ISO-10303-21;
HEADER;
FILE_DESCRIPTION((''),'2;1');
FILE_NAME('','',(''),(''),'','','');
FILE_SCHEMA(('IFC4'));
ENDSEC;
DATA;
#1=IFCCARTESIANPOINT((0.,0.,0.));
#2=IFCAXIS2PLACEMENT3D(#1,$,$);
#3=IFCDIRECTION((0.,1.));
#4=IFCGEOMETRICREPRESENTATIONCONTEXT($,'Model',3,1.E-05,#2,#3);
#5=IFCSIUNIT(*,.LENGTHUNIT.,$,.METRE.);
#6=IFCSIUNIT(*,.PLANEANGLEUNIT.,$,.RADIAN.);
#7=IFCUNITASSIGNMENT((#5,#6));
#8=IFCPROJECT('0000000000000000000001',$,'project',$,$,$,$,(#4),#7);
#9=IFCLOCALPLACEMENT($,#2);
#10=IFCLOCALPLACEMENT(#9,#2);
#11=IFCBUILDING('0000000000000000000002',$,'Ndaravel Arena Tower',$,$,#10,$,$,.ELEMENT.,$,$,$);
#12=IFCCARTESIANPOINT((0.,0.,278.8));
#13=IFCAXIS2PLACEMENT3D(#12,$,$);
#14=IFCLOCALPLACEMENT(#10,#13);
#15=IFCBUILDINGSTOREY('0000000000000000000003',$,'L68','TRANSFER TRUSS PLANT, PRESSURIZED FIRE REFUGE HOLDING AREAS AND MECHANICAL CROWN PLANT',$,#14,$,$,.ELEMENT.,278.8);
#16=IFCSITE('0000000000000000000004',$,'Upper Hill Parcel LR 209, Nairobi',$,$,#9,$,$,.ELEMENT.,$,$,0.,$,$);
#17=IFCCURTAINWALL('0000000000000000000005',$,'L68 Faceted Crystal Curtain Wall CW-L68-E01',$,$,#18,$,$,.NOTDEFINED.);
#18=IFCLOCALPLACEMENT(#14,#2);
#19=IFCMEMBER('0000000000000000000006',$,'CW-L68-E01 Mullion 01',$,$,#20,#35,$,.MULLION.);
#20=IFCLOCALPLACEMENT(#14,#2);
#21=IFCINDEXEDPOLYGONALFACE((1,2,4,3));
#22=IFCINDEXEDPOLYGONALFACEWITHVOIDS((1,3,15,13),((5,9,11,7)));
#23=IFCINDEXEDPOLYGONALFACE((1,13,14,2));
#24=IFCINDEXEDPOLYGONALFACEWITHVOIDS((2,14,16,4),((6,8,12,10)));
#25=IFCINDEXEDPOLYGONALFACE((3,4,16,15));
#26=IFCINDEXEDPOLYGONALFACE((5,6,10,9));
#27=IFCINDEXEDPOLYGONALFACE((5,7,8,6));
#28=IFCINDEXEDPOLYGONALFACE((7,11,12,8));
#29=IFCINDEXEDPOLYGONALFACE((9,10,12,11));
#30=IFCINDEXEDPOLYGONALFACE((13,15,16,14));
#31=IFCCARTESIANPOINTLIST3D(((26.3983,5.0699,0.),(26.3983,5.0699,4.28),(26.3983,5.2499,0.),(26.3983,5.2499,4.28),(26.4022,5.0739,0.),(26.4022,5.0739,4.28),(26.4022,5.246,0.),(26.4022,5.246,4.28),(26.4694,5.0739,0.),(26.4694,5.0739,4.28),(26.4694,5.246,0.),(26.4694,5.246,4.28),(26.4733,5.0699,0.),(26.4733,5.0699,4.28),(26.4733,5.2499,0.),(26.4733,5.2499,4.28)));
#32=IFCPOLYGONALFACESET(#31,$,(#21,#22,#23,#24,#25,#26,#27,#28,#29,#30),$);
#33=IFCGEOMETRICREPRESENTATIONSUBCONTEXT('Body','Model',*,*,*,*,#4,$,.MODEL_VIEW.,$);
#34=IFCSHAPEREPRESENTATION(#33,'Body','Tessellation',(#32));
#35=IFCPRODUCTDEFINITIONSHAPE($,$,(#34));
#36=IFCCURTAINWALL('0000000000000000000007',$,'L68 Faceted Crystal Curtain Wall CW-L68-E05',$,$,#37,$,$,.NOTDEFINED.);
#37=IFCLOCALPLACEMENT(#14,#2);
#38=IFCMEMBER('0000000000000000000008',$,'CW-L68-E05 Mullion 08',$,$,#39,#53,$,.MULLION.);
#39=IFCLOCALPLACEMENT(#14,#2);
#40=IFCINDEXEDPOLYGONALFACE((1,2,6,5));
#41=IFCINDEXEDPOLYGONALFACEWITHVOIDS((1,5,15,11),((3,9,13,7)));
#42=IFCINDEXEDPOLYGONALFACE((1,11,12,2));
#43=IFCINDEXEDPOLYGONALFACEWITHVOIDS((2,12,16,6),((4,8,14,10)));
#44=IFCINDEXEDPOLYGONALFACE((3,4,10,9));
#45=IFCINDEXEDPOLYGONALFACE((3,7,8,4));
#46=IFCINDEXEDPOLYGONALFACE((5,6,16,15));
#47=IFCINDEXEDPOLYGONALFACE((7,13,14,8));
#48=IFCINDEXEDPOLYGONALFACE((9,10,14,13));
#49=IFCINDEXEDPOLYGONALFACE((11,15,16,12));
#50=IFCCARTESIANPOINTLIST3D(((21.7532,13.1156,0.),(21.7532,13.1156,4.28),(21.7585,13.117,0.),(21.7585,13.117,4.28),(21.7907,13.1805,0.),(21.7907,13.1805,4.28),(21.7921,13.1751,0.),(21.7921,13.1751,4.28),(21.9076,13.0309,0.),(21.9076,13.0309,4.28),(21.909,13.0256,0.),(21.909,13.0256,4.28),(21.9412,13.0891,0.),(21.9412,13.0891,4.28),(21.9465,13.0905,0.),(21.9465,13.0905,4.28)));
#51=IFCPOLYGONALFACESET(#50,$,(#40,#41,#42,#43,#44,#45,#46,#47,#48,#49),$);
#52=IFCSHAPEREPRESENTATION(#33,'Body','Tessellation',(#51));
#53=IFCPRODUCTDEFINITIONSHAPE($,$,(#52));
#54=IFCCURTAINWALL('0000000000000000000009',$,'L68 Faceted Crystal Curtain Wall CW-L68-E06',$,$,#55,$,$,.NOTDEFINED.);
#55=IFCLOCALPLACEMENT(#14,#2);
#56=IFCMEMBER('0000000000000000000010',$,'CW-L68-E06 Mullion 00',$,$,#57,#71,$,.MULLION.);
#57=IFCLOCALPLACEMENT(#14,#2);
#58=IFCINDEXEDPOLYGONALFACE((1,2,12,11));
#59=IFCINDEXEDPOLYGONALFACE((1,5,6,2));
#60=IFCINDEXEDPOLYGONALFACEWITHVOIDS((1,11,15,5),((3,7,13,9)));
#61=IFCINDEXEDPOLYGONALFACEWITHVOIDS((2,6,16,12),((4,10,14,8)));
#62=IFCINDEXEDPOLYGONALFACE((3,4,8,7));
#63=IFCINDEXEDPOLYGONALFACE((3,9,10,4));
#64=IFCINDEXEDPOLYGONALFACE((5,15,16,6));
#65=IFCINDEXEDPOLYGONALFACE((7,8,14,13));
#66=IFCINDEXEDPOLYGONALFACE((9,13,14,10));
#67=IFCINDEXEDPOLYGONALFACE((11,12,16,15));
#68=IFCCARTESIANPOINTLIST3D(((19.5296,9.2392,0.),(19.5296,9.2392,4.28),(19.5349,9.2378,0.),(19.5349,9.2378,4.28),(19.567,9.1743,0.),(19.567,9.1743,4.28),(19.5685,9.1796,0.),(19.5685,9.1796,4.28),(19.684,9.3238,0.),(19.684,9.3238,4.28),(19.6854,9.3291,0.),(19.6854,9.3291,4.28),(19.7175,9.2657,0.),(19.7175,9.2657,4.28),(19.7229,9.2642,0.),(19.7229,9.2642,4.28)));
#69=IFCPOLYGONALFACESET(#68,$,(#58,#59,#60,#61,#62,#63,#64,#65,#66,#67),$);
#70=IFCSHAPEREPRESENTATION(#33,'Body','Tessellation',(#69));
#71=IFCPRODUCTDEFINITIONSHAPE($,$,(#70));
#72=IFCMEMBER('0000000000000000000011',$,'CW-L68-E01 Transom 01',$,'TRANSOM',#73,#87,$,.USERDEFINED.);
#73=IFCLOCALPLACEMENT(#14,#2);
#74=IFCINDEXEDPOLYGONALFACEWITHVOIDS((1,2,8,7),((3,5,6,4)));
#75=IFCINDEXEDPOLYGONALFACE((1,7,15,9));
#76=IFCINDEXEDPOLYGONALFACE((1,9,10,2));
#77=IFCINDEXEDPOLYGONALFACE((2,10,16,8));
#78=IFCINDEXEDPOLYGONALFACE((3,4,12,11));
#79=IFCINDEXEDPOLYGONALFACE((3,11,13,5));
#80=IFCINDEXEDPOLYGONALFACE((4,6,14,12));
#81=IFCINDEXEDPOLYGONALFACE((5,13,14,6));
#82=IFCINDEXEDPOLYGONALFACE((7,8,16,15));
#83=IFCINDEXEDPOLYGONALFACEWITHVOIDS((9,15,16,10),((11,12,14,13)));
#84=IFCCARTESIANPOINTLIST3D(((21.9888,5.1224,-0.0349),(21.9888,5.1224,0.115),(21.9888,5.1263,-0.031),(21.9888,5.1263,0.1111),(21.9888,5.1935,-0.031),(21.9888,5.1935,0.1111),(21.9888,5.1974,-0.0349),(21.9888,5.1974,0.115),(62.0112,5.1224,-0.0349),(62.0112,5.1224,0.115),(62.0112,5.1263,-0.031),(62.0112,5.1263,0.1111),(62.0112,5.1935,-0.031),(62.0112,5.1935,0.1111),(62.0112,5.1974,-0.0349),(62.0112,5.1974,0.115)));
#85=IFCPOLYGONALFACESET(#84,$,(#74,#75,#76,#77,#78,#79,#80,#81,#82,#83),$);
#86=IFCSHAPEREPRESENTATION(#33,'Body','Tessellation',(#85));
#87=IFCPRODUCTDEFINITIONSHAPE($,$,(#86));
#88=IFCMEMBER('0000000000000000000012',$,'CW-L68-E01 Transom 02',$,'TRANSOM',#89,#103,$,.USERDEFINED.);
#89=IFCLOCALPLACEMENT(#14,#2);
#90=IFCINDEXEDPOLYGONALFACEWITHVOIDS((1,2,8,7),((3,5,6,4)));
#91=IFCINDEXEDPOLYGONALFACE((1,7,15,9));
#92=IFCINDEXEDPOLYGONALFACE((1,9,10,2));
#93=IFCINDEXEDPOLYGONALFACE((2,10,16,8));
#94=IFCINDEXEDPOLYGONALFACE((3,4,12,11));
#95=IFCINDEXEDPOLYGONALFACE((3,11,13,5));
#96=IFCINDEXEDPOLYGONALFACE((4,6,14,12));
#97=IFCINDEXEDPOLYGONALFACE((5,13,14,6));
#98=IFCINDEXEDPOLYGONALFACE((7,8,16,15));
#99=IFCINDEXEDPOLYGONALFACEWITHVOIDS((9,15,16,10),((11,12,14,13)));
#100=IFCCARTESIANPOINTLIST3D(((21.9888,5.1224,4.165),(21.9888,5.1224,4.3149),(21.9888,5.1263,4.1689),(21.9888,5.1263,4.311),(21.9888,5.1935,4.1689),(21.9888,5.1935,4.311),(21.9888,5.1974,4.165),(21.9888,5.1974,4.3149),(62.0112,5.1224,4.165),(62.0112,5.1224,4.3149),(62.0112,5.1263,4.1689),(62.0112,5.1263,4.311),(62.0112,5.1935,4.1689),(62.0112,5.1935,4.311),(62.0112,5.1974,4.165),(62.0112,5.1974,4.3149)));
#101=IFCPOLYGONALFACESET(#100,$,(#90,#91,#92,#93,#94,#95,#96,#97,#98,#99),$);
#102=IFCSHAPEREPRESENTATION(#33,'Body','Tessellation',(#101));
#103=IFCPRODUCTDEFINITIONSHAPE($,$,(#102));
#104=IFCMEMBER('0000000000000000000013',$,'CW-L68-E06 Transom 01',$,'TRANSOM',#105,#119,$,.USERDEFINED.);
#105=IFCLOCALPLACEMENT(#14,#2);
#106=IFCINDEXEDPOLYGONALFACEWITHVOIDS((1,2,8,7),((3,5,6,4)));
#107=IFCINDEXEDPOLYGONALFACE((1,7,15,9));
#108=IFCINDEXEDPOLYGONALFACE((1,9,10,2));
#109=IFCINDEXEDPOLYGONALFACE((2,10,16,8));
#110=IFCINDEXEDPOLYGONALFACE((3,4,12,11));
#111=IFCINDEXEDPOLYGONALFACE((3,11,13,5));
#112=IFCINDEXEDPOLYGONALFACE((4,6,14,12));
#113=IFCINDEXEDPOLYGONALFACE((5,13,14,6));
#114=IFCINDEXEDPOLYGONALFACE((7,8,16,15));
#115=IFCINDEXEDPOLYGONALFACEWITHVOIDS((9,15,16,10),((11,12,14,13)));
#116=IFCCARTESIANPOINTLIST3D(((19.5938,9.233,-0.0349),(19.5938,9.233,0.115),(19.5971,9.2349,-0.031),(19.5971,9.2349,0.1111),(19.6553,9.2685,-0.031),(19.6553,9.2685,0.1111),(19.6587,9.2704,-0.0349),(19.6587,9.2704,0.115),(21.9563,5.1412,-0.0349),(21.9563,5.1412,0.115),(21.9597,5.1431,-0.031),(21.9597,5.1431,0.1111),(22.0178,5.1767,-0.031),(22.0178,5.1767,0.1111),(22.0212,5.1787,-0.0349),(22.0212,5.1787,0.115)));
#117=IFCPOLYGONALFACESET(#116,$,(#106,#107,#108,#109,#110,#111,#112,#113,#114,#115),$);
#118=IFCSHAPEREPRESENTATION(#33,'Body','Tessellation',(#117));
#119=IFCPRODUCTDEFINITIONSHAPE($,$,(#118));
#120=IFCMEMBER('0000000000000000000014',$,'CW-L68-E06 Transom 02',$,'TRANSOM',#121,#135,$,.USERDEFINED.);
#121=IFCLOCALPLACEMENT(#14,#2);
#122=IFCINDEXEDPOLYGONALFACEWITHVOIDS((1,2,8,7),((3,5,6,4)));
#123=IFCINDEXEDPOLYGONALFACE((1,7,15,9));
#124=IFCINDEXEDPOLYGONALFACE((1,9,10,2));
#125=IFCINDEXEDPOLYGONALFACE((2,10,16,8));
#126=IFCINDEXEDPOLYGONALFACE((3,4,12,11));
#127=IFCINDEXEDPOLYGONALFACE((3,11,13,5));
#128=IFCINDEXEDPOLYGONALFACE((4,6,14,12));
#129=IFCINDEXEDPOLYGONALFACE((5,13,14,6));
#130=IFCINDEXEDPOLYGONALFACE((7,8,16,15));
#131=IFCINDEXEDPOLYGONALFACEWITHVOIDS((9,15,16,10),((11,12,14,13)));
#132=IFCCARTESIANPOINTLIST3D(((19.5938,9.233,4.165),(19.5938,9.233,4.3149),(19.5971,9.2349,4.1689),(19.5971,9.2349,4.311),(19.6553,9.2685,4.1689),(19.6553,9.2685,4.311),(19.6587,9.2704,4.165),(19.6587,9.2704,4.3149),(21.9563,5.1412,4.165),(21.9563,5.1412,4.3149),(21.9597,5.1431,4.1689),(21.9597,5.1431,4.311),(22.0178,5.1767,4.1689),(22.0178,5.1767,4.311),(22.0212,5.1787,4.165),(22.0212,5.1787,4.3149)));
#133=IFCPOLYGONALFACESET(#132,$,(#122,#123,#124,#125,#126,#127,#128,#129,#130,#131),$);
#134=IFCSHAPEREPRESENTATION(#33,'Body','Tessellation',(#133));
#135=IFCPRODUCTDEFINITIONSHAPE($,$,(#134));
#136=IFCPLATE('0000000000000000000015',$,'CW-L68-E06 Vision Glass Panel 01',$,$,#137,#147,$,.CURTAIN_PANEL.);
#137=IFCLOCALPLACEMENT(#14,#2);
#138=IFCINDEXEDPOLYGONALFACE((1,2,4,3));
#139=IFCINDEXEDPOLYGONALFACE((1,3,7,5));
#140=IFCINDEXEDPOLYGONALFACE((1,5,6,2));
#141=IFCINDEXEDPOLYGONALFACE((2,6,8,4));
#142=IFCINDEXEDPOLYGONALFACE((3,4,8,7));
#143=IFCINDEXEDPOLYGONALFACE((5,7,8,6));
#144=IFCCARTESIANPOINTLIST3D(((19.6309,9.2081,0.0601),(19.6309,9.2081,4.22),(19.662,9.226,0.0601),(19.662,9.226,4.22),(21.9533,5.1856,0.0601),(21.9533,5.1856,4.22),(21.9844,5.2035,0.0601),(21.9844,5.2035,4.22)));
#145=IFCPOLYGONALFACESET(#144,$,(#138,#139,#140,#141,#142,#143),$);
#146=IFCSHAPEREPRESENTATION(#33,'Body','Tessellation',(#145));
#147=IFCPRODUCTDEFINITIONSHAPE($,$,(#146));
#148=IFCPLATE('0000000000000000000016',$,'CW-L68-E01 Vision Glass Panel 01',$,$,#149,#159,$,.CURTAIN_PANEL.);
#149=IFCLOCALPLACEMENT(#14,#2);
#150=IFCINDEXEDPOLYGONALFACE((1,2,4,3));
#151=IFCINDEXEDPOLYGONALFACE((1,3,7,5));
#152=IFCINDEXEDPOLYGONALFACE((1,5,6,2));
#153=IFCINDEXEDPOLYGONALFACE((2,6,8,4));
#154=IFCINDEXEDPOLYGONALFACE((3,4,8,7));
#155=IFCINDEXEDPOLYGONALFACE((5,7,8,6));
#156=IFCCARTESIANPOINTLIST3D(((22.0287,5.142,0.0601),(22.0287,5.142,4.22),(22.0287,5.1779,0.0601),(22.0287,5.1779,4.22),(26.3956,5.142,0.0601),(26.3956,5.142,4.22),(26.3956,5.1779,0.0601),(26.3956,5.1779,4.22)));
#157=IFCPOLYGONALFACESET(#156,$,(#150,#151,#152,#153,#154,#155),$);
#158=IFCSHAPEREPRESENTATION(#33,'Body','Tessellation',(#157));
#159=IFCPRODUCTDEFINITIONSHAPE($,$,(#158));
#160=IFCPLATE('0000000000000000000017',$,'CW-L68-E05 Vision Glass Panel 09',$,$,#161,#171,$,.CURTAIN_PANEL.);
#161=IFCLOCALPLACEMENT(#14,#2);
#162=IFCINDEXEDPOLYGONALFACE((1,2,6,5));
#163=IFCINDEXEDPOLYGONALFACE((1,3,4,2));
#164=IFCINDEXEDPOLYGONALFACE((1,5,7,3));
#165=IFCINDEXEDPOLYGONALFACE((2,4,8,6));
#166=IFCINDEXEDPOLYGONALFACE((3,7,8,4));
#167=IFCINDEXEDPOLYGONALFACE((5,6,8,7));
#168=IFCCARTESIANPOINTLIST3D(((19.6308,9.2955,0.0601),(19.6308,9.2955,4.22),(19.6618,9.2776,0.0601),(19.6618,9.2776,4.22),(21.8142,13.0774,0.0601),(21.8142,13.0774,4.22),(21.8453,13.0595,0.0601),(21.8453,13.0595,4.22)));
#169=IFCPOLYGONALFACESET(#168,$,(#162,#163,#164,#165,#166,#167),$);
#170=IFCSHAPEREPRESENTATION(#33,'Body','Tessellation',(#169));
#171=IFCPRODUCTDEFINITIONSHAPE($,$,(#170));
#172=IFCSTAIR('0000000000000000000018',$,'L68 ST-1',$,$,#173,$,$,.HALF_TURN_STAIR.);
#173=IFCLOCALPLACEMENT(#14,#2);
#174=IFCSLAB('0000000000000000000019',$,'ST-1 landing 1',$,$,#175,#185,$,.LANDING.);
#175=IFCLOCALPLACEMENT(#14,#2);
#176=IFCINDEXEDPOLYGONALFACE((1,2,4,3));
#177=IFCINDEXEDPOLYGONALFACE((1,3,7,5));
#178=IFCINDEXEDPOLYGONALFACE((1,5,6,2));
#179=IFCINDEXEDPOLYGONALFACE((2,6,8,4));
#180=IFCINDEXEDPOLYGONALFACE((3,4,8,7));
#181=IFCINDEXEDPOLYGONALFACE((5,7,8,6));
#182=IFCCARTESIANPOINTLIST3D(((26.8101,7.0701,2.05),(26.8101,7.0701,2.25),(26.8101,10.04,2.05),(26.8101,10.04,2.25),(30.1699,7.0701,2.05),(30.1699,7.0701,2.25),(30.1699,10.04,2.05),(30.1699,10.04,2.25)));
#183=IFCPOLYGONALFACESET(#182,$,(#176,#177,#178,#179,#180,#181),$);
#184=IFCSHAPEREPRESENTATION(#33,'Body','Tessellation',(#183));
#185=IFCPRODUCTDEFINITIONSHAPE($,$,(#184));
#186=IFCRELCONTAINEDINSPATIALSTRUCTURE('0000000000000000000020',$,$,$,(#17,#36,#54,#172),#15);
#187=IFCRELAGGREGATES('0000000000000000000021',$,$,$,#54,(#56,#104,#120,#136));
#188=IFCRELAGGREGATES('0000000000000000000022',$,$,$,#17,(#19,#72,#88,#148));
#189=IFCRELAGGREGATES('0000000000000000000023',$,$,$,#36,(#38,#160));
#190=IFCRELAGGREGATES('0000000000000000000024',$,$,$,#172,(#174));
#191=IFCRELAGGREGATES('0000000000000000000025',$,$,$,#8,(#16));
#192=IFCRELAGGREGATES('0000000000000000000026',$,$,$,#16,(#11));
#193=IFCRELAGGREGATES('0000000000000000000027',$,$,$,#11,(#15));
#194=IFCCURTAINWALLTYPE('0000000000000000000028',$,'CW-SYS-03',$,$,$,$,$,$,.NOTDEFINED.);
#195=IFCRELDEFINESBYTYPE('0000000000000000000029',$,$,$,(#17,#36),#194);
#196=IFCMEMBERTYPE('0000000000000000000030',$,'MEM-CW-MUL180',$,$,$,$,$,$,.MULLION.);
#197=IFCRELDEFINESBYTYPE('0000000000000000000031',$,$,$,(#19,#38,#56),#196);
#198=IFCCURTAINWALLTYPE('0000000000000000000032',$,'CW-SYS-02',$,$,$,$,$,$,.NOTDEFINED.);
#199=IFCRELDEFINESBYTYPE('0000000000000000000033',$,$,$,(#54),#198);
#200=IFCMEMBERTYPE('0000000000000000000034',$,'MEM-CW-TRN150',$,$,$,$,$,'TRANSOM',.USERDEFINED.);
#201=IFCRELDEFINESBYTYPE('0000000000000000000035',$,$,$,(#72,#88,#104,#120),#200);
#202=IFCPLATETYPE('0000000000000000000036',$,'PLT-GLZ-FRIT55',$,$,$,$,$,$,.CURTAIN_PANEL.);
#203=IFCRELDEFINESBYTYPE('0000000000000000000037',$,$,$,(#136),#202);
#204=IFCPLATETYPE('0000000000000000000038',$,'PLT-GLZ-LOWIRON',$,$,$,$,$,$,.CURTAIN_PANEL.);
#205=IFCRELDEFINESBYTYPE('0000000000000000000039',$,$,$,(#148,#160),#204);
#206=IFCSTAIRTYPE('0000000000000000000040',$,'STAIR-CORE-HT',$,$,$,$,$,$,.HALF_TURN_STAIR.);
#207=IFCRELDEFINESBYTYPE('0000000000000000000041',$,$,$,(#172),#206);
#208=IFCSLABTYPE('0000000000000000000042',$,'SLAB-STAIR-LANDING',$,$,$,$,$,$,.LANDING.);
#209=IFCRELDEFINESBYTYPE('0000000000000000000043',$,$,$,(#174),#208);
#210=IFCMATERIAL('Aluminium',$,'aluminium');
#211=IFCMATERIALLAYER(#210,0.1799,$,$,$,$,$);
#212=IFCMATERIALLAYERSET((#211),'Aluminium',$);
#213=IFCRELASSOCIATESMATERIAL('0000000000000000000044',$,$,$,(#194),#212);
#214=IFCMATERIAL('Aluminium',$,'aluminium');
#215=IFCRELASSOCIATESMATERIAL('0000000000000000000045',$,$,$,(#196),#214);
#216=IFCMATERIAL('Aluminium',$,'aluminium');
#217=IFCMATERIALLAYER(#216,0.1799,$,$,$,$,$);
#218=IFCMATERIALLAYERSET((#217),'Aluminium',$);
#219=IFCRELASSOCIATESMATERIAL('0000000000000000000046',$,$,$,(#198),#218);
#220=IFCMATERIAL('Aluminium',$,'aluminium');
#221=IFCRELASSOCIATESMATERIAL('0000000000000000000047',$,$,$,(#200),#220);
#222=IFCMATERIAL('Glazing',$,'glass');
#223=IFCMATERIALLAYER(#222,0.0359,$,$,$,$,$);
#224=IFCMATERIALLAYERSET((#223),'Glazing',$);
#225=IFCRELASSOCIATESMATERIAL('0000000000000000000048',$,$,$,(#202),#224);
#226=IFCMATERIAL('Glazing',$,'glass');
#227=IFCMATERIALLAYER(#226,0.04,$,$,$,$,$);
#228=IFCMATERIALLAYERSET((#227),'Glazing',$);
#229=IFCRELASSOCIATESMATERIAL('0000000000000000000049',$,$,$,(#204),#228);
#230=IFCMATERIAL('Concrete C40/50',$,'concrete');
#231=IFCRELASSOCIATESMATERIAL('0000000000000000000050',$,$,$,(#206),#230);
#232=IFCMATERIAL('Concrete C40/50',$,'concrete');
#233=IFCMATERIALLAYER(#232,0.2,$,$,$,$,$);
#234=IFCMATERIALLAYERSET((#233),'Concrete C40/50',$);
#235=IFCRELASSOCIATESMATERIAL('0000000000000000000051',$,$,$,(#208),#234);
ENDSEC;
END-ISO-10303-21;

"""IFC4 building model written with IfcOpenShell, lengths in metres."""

from ifc_helpers import new_model, si_unit, direction, frame, origin, origin_2d, place, context, subcontext, project, spatial, polyline, rectangle, hollow_rectangle, outline, extrude, material, layer, layer_set, material_profile, profile_set, type_object, element, aggregate, save


model = new_model("IFC4")

# Units and contexts
model_context = context("Model", 3, precision=1e-05, world=origin(), true_north=direction((0.0, 1.0)))
body_context = subcontext(model_context, "Body", "Model", "MODEL_VIEW")
ifc_project = project(units=[si_unit("LENGTHUNIT", "METRE"), si_unit("PLANEANGLEUNIT", "RADIAN")], contexts=[model_context])

# Site, building, storey
site_placement = place(None, origin())
site = spatial("IfcSite", under=ifc_project, at=site_placement, Name="Upper Hill Parcel LR 209, Nairobi", CompositionType="ELEMENT", RefElevation=0.0)
building_placement = place(site_placement, origin())
building = spatial("IfcBuilding", under=site, at=building_placement, Name="Ndaravel Arena Tower", CompositionType="ELEMENT")
storey_placement = place(building_placement, frame((0.0, 0.0, 278.8)))
storey = spatial("IfcBuildingStorey", under=building, at=storey_placement, Name="L68", Description="TRANSFER TRUSS PLANT, PRESSURIZED FIRE REFUGE HOLDING AREAS AND MECHANICAL CROWN PLANT", CompositionType="ELEMENT", Elevation=278.8)

# Curtain wall, member
ifc_material_1 = material(Name="Aluminium", Category="aluminium")
ifc_layer_1 = layer(ifc_material_1, 0.1799)
ifc_layer_set_1 = layer_set([ifc_layer_1], Name="Aluminium")
curtain_wall_type_1 = type_object("IfcCurtainWallType", Name="CW-SYS-03", PredefinedType="NOTDEFINED", material=ifc_layer_set_1)
curtain_wall_1_placement = place(storey_placement, origin())
curtain_wall_1 = element("IfcCurtainWall", 1, at=curtain_wall_1_placement, inside=storey, type_object=curtain_wall_type_1, Name="L68 Faceted Crystal Curtain Wall CW-L68-E01", PredefinedType="NOTDEFINED")
ifc_material_2 = material(Name="Aluminium", Category="aluminium")
ifc_material_profile_1 = material_profile(ifc_material_2, hollow_rectangle(XDim=0.075, YDim=0.1799, WallThickness=0.0039, at=origin_2d()), Name="CW MULLION 75x180x4")
ifc_profile_set_1 = profile_set([ifc_material_profile_1], Name="Aluminium")
member_type_1 = type_object("IfcMemberType", Name="MEM-CW-MUL180", PredefinedType="MULLION", material=ifc_profile_set_1)
member_1_placement = place(storey_placement, frame((26.4358, 5.1599, 0.0), z_axis=(0.0, 0.0, 1.0), x_axis=(1.0, 0.0, 0.0)))
member_1 = element("IfcMember", 2, at=member_1_placement, type_object=member_type_1, Name="CW-L68-E01 Mullion 01", PredefinedType="MULLION", context=body_context, shape_type="SweptSolid", body=[
    extrude(hollow_rectangle(XDim=0.075, YDim=0.1799, WallThickness=0.0039, at=origin_2d()), origin(), (0.0, 0.0, 1.0), 4.28),
])

# Curtain walls, members
curtain_wall_2_placement = place(storey_placement, origin())
curtain_wall_2 = element("IfcCurtainWall", 3, at=curtain_wall_2_placement, inside=storey, type_object=curtain_wall_type_1, Name="L68 Faceted Crystal Curtain Wall CW-L68-E05", PredefinedType="NOTDEFINED")
member_2_placement = place(storey_placement, frame((21.8499, 13.103, 0.0), z_axis=(0.0, 0.0, 1.0), x_axis=(-0.5, -0.866025, 0.0)))
member_2 = element("IfcMember", 4, at=member_2_placement, type_object=member_type_1, Name="CW-L68-E05 Mullion 08", PredefinedType="MULLION", context=body_context, shape_type="SweptSolid", body=[
    extrude(hollow_rectangle(XDim=0.075, YDim=0.1799, WallThickness=0.0039, at=origin_2d()), origin(), (0.0, 0.0, 1.0), 4.28),
])
ifc_material_3 = material(Name="Aluminium", Category="aluminium")
ifc_layer_2 = layer(ifc_material_3, 0.1799)
ifc_layer_set_2 = layer_set([ifc_layer_2], Name="Aluminium")
curtain_wall_type_2 = type_object("IfcCurtainWallType", Name="CW-SYS-02", PredefinedType="NOTDEFINED", material=ifc_layer_set_2)
curtain_wall_3_placement = place(storey_placement, origin())
curtain_wall_3 = element("IfcCurtainWall", 5, at=curtain_wall_3_placement, inside=storey, type_object=curtain_wall_type_2, Name="L68 Faceted Crystal Curtain Wall CW-L68-E06", PredefinedType="NOTDEFINED")
member_3_placement = place(storey_placement, frame((19.6262, 9.2517, 0.0), z_axis=(0.0, 0.0, 1.0), x_axis=(0.5, -0.866025, 0.0)))
member_3 = element("IfcMember", 6, at=member_3_placement, type_object=member_type_1, Name="CW-L68-E06 Mullion 00", PredefinedType="MULLION", context=body_context, shape_type="SweptSolid", body=[
    extrude(hollow_rectangle(XDim=0.075, YDim=0.1799, WallThickness=0.0039, at=origin_2d()), origin(), (0.0, 0.0, 1.0), 4.28),
])

# Members
ifc_material_4 = material(Name="Aluminium", Category="aluminium")
ifc_material_profile_2 = material_profile(ifc_material_4, hollow_rectangle(XDim=0.075, YDim=0.1499, WallThickness=0.0039, at=origin_2d()), Name="CW TRANSOM 75x150x4")
ifc_profile_set_2 = profile_set([ifc_material_profile_2], Name="Aluminium")
member_type_2 = type_object("IfcMemberType", Name="MEM-CW-TRN150", ElementType="TRANSOM", PredefinedType="USERDEFINED", material=ifc_profile_set_2)
member_4_placement = place(storey_placement, frame((21.9888, 5.1599, 0.04), z_axis=(1.0, 0.0, 0.0), x_axis=(0.0, 1.0, 0.0)))
member_4 = element("IfcMember", 7, at=member_4_placement, type_object=member_type_2, Name="CW-L68-E01 Transom 01", ObjectType="TRANSOM", PredefinedType="USERDEFINED", context=body_context, shape_type="SweptSolid", body=[
    extrude(hollow_rectangle(XDim=0.075, YDim=0.1499, WallThickness=0.0039, at=origin_2d()), origin(), (0.0, 0.0, 1.0), 40.0225),
])
member_5_placement = place(storey_placement, frame((21.9888, 5.1599, 4.24), z_axis=(1.0, 0.0, 0.0), x_axis=(0.0, 1.0, 0.0)))
member_5 = element("IfcMember", 8, at=member_5_placement, type_object=member_type_2, Name="CW-L68-E01 Transom 02", ObjectType="TRANSOM", PredefinedType="USERDEFINED", context=body_context, shape_type="SweptSolid", body=[
    extrude(hollow_rectangle(XDim=0.075, YDim=0.1499, WallThickness=0.0039, at=origin_2d()), origin(), (0.0, 0.0, 1.0), 40.0225),
])
member_6_placement = place(storey_placement, frame((19.6262, 9.2517, 0.04), z_axis=(0.500024, -0.866012, 0.0), x_axis=(0.866012, 0.500024, 0.0)))
member_6 = element("IfcMember", 9, at=member_6_placement, type_object=member_type_2, Name="CW-L68-E06 Transom 01", ObjectType="TRANSOM", PredefinedType="USERDEFINED", context=body_context, shape_type="SweptSolid", body=[
    extrude(hollow_rectangle(XDim=0.075, YDim=0.1499, WallThickness=0.0039, at=origin_2d()), origin(), (0.0, 0.0, 1.0), 4.7249),
])
member_7_placement = place(storey_placement, frame((19.6262, 9.2517, 4.24), z_axis=(0.500024, -0.866012, 0.0), x_axis=(0.866012, 0.500024, 0.0)))
member_7 = element("IfcMember", 10, at=member_7_placement, type_object=member_type_2, Name="CW-L68-E06 Transom 02", ObjectType="TRANSOM", PredefinedType="USERDEFINED", context=body_context, shape_type="SweptSolid", body=[
    extrude(hollow_rectangle(XDim=0.075, YDim=0.1499, WallThickness=0.0039, at=origin_2d()), origin(), (0.0, 0.0, 1.0), 4.7249),
])

# Plates
ifc_material_5 = material(Name="Glazing", Category="glass")
ifc_layer_3 = layer(ifc_material_5, 0.0359)
ifc_layer_set_3 = layer_set([ifc_layer_3], Name="Glazing")
plate_type_1 = type_object("IfcPlateType", Name="PLT-GLZ-FRIT55", PredefinedType="CURTAIN_PANEL", material=ifc_layer_set_3)
plate_1_placement = place(storey_placement, frame((20.8076, 7.2058, 0.0601), z_axis=(0.0, 0.0, 1.0), x_axis=(0.5, -0.866025, 0.0)))
plate_1 = element("IfcPlate", 11, at=plate_1_placement, type_object=plate_type_1, Name="CW-L68-E06 Vision Glass Panel 01", PredefinedType="CURTAIN_PANEL", context=body_context, shape_type="SweptSolid", body=[
    extrude(rectangle(XDim=4.6448, YDim=0.0359, at=origin_2d()), origin(), (0.0, 0.0, 1.0), 4.1599),
])
aggregate(curtain_wall_3, [member_3, member_6, member_7, plate_1])
ifc_material_6 = material(Name="Glazing", Category="glass")
ifc_layer_4 = layer(ifc_material_6, 0.04)
ifc_layer_set_4 = layer_set([ifc_layer_4], Name="Glazing")
plate_type_2 = type_object("IfcPlateType", Name="PLT-GLZ-LOWIRON", PredefinedType="CURTAIN_PANEL", material=ifc_layer_set_4)
plate_2_placement = place(storey_placement, frame((24.2122, 5.1599, 0.0601), z_axis=(0.0, 0.0, 1.0), x_axis=(1.0, 0.0, 0.0)))
plate_2 = element("IfcPlate", 12, at=plate_2_placement, type_object=plate_type_2, Name="CW-L68-E01 Vision Glass Panel 01", PredefinedType="CURTAIN_PANEL", context=body_context, shape_type="SweptSolid", body=[
    extrude(rectangle(XDim=4.3669, YDim=0.0359, at=origin_2d()), origin(), (0.0, 0.0, 1.0), 4.1599),
])
aggregate(curtain_wall_1, [member_1, member_4, member_5, plate_2])
plate_3_placement = place(storey_placement, frame((20.738, 11.1775, 0.0601), z_axis=(0.0, 0.0, 1.0), x_axis=(-0.5, -0.866025, 0.0)))
plate_3 = element("IfcPlate", 13, at=plate_3_placement, type_object=plate_type_2, Name="CW-L68-E05 Vision Glass Panel 09", PredefinedType="CURTAIN_PANEL", context=body_context, shape_type="SweptSolid", body=[
    extrude(rectangle(XDim=4.3669, YDim=0.0359, at=origin_2d()), origin(), (0.0, 0.0, 1.0), 4.1599),
])
aggregate(curtain_wall_2, [member_2, plate_3])

# Stair, slab
ifc_material_7 = material(Name="Concrete C40/50", Category="concrete")
stair_type = type_object("IfcStairType", Name="STAIR-CORE-HT", PredefinedType="HALF_TURN_STAIR", material=ifc_material_7)
stair_1_placement = place(storey_placement, origin())
stair_1 = element("IfcStair", 14, at=stair_1_placement, inside=storey, type_object=stair_type, Name="L68 ST-1", PredefinedType="HALF_TURN_STAIR")
ifc_material_8 = material(Name="Concrete C40/50", Category="concrete")
ifc_layer_5 = layer(ifc_material_8, 0.2)
ifc_layer_set_5 = layer_set([ifc_layer_5], Name="Concrete C40/50")
slab_type_1 = type_object("IfcSlabType", Name="SLAB-STAIR-LANDING", PredefinedType="LANDING", material=ifc_layer_set_5)
slab_1_placement = place(storey_placement, frame((0.0, 0.0, 2.05)))
slab_1 = element("IfcSlab", 15, at=slab_1_placement, type_object=slab_type_1, Name="ST-1 landing 1", PredefinedType="LANDING", context=body_context, shape_type="SweptSolid", body=[
    extrude(outline(polyline([(26.8101, 10.04), (26.8101, 7.0701), (30.1699, 7.0701), (30.1699, 10.04), (26.8101, 10.04)])), origin(), (0.0, 0.0, 1.0), 0.2),
])
aggregate(stair_1, [slab_1])

save(model, "model.ifc")
